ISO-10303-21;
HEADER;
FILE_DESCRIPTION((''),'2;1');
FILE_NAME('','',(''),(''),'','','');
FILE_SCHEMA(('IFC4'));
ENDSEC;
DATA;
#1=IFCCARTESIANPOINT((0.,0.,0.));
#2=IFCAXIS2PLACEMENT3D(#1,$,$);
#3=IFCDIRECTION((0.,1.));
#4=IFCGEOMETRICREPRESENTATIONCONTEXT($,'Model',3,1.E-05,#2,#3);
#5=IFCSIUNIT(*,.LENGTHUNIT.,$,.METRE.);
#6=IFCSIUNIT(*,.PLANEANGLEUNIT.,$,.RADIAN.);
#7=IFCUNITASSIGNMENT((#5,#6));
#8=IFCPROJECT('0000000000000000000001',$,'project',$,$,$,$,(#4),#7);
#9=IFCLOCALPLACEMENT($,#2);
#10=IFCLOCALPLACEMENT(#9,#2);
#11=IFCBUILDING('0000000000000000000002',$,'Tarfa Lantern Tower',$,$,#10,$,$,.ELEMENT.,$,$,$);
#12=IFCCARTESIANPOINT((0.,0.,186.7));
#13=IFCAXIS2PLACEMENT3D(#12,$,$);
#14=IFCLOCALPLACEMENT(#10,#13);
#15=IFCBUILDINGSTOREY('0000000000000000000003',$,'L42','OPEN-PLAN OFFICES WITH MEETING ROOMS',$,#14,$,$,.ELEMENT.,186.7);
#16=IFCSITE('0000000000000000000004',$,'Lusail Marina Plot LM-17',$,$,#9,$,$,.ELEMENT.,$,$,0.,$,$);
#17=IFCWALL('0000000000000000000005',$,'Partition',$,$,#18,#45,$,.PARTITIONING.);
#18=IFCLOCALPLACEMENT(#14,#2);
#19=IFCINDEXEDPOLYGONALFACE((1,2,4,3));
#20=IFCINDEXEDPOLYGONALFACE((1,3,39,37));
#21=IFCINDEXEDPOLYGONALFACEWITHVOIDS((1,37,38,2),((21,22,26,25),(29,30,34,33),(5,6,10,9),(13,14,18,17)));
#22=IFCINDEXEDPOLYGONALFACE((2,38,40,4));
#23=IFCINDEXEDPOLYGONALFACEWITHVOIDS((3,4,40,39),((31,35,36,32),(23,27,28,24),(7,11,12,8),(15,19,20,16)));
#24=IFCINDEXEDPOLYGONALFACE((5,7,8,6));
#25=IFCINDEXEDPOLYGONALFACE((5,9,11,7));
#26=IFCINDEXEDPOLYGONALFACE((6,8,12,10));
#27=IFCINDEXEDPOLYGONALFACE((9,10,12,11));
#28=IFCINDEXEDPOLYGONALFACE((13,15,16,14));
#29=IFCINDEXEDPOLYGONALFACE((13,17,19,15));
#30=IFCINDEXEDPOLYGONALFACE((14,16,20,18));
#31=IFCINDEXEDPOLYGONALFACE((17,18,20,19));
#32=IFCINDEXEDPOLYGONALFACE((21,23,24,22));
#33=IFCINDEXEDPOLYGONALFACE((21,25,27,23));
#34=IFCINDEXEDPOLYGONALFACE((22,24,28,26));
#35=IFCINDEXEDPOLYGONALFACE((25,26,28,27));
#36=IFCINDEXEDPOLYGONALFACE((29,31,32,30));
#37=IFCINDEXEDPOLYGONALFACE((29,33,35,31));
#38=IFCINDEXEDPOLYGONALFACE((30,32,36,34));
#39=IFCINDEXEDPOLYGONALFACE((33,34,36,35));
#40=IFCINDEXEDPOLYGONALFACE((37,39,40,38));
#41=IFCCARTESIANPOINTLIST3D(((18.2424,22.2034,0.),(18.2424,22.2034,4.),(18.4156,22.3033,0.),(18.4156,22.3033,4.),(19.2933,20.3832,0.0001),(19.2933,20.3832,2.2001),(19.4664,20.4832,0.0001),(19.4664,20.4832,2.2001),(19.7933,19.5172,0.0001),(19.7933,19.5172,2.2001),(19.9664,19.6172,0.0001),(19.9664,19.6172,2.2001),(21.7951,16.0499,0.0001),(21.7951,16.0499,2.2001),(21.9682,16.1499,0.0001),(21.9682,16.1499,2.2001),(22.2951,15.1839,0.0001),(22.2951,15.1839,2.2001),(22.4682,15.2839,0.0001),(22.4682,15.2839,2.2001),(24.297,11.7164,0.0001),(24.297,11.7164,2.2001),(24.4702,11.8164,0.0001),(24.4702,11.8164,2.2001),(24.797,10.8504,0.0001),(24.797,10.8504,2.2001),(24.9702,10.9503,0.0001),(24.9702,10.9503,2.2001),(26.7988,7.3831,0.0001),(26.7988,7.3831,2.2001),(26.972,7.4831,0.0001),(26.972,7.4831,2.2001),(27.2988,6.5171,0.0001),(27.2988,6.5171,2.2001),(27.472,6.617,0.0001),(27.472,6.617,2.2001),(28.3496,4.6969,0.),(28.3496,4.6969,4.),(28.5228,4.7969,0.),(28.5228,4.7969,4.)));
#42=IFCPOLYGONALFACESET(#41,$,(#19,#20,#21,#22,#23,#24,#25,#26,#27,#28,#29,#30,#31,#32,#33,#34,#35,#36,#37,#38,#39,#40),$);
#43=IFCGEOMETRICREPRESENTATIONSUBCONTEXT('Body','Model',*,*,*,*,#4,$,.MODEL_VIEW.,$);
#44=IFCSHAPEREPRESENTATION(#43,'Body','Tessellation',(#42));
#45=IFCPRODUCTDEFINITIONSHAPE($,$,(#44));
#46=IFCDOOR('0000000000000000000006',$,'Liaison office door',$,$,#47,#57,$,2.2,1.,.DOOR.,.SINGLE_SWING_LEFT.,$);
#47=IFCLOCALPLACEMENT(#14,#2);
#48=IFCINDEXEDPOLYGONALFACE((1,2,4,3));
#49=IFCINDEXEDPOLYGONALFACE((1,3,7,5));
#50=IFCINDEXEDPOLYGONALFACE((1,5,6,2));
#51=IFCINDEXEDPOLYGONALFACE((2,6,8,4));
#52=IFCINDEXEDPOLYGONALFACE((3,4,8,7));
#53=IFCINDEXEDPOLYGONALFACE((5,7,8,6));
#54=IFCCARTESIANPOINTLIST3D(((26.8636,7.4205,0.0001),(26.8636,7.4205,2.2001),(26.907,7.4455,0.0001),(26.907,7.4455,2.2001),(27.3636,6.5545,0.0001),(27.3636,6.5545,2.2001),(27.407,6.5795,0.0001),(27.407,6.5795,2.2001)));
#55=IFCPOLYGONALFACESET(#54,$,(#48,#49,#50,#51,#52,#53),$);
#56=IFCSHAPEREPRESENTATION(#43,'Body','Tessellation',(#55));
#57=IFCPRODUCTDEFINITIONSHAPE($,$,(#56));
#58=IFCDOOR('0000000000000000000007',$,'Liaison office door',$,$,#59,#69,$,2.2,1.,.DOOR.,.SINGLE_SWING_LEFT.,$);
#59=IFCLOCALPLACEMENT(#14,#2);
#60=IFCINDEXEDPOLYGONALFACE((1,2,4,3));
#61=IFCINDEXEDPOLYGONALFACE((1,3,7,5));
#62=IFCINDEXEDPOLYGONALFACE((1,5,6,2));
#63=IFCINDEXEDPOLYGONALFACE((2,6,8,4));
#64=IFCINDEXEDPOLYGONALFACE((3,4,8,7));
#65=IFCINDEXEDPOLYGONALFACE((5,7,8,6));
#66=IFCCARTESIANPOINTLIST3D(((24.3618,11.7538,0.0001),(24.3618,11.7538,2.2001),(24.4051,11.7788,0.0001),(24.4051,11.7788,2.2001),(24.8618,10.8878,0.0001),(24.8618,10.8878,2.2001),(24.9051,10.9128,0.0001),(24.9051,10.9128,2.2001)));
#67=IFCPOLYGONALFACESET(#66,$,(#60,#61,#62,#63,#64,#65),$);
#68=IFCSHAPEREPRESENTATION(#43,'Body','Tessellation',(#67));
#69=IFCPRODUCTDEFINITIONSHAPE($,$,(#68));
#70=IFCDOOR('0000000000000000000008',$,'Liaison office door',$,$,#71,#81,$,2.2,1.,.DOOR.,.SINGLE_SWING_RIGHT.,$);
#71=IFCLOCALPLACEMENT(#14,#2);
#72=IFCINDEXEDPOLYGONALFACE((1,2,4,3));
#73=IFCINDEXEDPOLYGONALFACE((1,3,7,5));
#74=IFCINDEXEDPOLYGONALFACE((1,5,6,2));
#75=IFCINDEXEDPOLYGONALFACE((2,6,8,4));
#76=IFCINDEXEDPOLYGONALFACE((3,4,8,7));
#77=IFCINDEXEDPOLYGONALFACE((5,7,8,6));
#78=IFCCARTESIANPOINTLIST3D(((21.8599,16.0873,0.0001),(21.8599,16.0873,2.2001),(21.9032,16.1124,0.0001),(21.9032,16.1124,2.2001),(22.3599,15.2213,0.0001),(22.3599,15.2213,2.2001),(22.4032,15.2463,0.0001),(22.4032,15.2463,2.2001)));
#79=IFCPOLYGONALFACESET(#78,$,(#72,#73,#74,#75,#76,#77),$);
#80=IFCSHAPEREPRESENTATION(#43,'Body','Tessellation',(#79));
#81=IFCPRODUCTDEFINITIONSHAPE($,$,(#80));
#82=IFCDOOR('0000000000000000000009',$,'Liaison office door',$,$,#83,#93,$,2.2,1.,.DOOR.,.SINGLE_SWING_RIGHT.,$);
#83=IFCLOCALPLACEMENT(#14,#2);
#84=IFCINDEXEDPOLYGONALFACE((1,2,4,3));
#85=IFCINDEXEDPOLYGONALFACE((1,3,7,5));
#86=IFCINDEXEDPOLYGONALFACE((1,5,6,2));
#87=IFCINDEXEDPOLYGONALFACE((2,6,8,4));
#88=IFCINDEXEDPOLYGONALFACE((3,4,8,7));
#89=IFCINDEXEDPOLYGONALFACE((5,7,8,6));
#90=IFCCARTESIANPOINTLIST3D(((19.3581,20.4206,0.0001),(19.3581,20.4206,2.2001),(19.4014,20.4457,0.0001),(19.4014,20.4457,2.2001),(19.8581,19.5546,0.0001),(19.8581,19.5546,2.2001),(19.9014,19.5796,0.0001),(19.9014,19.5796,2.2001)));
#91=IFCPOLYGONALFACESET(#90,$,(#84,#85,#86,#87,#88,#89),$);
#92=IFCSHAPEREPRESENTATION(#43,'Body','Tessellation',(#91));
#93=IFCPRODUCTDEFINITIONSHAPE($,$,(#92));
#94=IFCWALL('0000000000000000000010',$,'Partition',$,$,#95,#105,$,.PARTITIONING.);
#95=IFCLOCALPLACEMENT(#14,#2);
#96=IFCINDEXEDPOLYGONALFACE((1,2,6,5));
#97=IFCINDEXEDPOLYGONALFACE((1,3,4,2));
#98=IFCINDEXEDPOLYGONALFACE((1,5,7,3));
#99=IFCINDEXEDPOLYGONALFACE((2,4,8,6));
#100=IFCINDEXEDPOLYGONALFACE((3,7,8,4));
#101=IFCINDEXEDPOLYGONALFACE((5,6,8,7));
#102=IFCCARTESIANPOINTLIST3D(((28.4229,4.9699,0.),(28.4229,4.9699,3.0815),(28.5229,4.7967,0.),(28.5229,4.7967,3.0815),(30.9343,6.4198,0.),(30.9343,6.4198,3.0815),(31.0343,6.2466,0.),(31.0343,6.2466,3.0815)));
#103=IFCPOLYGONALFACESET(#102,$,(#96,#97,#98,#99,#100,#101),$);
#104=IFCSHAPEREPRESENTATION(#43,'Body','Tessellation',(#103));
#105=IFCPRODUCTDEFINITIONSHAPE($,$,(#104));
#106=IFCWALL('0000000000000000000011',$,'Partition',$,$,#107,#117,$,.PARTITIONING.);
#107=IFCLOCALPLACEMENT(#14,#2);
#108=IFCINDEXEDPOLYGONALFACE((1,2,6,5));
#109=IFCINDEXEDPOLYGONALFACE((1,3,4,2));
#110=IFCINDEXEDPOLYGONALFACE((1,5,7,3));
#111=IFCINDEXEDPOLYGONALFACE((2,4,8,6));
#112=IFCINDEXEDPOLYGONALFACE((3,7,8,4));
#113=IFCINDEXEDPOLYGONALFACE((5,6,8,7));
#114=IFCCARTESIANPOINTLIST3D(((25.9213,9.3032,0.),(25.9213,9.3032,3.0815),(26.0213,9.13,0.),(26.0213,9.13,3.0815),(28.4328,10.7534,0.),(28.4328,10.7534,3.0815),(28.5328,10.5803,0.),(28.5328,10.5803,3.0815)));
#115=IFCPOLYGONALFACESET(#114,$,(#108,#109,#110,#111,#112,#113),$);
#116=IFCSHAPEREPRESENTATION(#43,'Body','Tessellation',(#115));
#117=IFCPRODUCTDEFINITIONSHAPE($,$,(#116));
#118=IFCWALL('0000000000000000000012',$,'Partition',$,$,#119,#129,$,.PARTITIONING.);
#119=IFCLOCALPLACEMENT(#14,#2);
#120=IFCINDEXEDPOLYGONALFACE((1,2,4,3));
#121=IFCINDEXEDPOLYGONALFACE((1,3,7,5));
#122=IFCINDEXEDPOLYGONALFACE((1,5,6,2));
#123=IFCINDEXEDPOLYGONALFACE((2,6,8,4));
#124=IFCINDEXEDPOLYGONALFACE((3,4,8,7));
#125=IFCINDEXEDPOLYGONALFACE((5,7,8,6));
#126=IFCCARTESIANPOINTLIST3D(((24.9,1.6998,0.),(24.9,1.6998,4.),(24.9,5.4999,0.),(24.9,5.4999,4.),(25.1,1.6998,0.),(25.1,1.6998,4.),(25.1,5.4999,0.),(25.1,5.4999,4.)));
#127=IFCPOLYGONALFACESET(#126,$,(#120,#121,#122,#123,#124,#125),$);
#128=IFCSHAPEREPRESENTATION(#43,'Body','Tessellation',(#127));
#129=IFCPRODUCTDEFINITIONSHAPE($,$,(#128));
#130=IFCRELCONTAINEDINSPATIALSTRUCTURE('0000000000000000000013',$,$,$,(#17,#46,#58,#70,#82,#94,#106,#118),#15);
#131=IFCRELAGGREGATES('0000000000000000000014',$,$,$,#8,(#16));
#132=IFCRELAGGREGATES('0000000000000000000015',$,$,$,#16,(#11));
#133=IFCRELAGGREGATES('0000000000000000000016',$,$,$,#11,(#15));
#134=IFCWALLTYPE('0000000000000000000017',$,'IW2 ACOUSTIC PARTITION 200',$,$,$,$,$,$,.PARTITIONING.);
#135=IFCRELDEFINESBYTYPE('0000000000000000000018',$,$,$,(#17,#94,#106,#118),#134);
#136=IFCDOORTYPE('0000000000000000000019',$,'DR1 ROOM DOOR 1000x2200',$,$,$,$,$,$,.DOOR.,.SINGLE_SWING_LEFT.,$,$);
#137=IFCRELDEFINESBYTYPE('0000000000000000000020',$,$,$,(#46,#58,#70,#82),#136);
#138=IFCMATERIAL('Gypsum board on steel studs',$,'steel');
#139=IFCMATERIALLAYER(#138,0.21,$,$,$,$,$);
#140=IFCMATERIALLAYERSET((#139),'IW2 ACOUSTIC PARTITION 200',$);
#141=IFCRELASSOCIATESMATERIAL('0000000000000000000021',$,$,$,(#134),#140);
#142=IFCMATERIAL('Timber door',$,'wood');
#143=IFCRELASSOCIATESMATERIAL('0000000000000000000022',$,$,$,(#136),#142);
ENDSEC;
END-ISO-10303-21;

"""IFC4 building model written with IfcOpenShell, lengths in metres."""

from ifc_helpers import new_model, si_unit, direction, frame, frame_2d, origin, place, context, subcontext, project, spatial, rectangle, extrude, material, layer, layer_set, type_object, element, fill, save


model = new_model("IFC4")

# Units and contexts
model_context = context("Model", 3, precision=1e-05, world=origin(), true_north=direction((0.0, 1.0)))
body_context = subcontext(model_context, "Body", "Model", "MODEL_VIEW")
ifc_project = project(units=[si_unit("LENGTHUNIT", "METRE"), si_unit("PLANEANGLEUNIT", "RADIAN")], contexts=[model_context])

# Site, building, storey
site_placement = place(None, origin())
site = spatial("IfcSite", under=ifc_project, at=site_placement, Name="Lusail Marina Plot LM-17", CompositionType="ELEMENT", RefElevation=0.0)
building_placement = place(site_placement, origin())
building = spatial("IfcBuilding", under=site, at=building_placement, Name="Tarfa Lantern Tower", CompositionType="ELEMENT")
storey_placement = place(building_placement, frame((0.0, 0.0, 186.7)))
storey = spatial("IfcBuildingStorey", under=building, at=storey_placement, Name="L42", Description="OPEN-PLAN OFFICES WITH MEETING ROOMS", CompositionType="ELEMENT", Elevation=186.7)

# Wall, openings, doors
ifc_material_1 = material(Name="Gypsum board on steel studs", Category="steel")
ifc_layer_1 = layer(ifc_material_1, 0.21)
ifc_layer_set_1 = layer_set([ifc_layer_1], Name="IW2 ACOUSTIC PARTITION 200")
wall_type = type_object("IfcWallType", Name="IW2 ACOUSTIC PARTITION 200", PredefinedType="PARTITIONING", material=ifc_layer_set_1)
wall_1_placement = place(storey_placement, frame((28.4363, 4.7468, 0.0), z_axis=(0.0, 0.0, 1.0), x_axis=(-0.499996, 0.866028, 0.0)))
wall_1 = element("IfcWall", 1, at=wall_1_placement, inside=storey, type_object=wall_type, Name="Partition", PredefinedType="PARTITIONING", context=body_context, shape_type="SweptSolid", body=[
    extrude(rectangle(XDim=20.2146, YDim=0.2, at=frame_2d((10.1074, 0.0))), origin(), (0.0, 0.0, 1.0), 4.0),
])
opening_1_placement = place(wall_1_placement, frame((2.1018, 0.0, 0.0)))
opening_1 = element("IfcOpeningElement", 2, at=opening_1_placement, cuts=wall_1, PredefinedType="OPENING", context=body_context, shape_type="SweptSolid", body=[
    extrude(rectangle(XDim=1.0, YDim=2.2, at=frame_2d((0.5, 1.1001))), frame((0.0, 0.1099, 0.0), z_axis=(0.0, -1.0, 0.0), x_axis=(1.0, 0.0, 0.0)), (0.0, 0.0, 1.0), 0.22),
])
opening_2_placement = place(wall_1_placement, frame((7.1055, 0.0, 0.0)))
opening_2 = element("IfcOpeningElement", 3, at=opening_2_placement, cuts=wall_1, PredefinedType="OPENING", context=body_context, shape_type="SweptSolid", body=[
    extrude(rectangle(XDim=1.0, YDim=2.2, at=frame_2d((0.5, 1.1001))), frame((0.0, 0.1099, 0.0), z_axis=(0.0, -1.0, 0.0), x_axis=(1.0, 0.0, 0.0)), (0.0, 0.0, 1.0), 0.22),
])
opening_3_placement = place(wall_1_placement, frame((12.1094, 0.0, 0.0)))
opening_3 = element("IfcOpeningElement", 4, at=opening_3_placement, cuts=wall_1, PredefinedType="OPENING", context=body_context, shape_type="SweptSolid", body=[
    extrude(rectangle(XDim=1.0, YDim=2.2, at=frame_2d((0.5, 1.1001))), frame((0.0, 0.1099, 0.0), z_axis=(0.0, -1.0, 0.0), x_axis=(1.0, 0.0, 0.0)), (0.0, 0.0, 1.0), 0.22),
])
opening_4_placement = place(wall_1_placement, frame((17.113, 0.0, 0.0)))
opening_4 = element("IfcOpeningElement", 5, at=opening_4_placement, cuts=wall_1, PredefinedType="OPENING", context=body_context, shape_type="SweptSolid", body=[
    extrude(rectangle(XDim=1.0, YDim=2.2, at=frame_2d((0.5, 1.1001))), frame((0.0, 0.1099, 0.0), z_axis=(0.0, -1.0, 0.0), x_axis=(1.0, 0.0, 0.0)), (0.0, 0.0, 1.0), 0.22),
])
ifc_material_2 = material(Name="Timber door", Category="wood")
door_type = type_object("IfcDoorType", Name="DR1 ROOM DOOR 1000x2200", OperationType="SINGLE_SWING_LEFT", PredefinedType="DOOR", material=ifc_material_2)
door_1_placement = place(opening_1_placement, frame((1.0, 0.0, 0.0), z_axis=(0.0, 0.0, 1.0), x_axis=(-1.0, 0.0, 0.0)))
door_1 = element("IfcDoor", 6, at=door_1_placement, inside=storey, type_object=door_type, Name="Liaison office door", OperationType="SINGLE_SWING_LEFT", OverallHeight=2.2, OverallWidth=1.0, PredefinedType="DOOR", context=body_context, shape_type="SweptSolid", body=[
    extrude(rectangle(XDim=1.0, YDim=2.2, at=frame_2d((0.5, 1.1001))), frame((0.0, 0.0249, 0.0), z_axis=(0.0, -1.0, 0.0), x_axis=(1.0, 0.0, 0.0)), (0.0, 0.0, 1.0), 0.05),
])
fill(opening_1, door_1)
door_2_placement = place(opening_2_placement, frame((1.0, 0.0, 0.0), z_axis=(0.0, 0.0, 1.0), x_axis=(-1.0, 0.0, 0.0)))
door_2 = element("IfcDoor", 7, at=door_2_placement, inside=storey, type_object=door_type, Name="Liaison office door", OperationType="SINGLE_SWING_LEFT", OverallHeight=2.2, OverallWidth=1.0, PredefinedType="DOOR", context=body_context, shape_type="SweptSolid", body=[
    extrude(rectangle(XDim=1.0, YDim=2.2, at=frame_2d((0.5, 1.1001))), frame((0.0, 0.0249, 0.0), z_axis=(0.0, -1.0, 0.0), x_axis=(1.0, 0.0, 0.0)), (0.0, 0.0, 1.0), 0.05),
])
fill(opening_2, door_2)
door_3_placement = place(opening_3_placement, frame((1.0, 0.0, 0.0), z_axis=(0.0, 0.0, 1.0), x_axis=(-1.0, 0.0, 0.0)))
door_3 = element("IfcDoor", 8, at=door_3_placement, inside=storey, type_object=door_type, Name="Liaison office door", OperationType="SINGLE_SWING_RIGHT", OverallHeight=2.2, OverallWidth=1.0, PredefinedType="DOOR", context=body_context, shape_type="SweptSolid", body=[
    extrude(rectangle(XDim=1.0, YDim=2.2, at=frame_2d((0.5, 1.1001))), frame((0.0, 0.0249, 0.0), z_axis=(0.0, -1.0, 0.0), x_axis=(1.0, 0.0, 0.0)), (0.0, 0.0, 1.0), 0.05),
])
fill(opening_3, door_3)
door_4_placement = place(opening_4_placement, frame((1.0, 0.0, 0.0), z_axis=(0.0, 0.0, 1.0), x_axis=(-1.0, 0.0, 0.0)))
door_4 = element("IfcDoor", 9, at=door_4_placement, inside=storey, type_object=door_type, Name="Liaison office door", OperationType="SINGLE_SWING_RIGHT", OverallHeight=2.2, OverallWidth=1.0, PredefinedType="DOOR", context=body_context, shape_type="SweptSolid", body=[
    extrude(rectangle(XDim=1.0, YDim=2.2, at=frame_2d((0.5, 1.1001))), frame((0.0, 0.0249, 0.0), z_axis=(0.0, -1.0, 0.0), x_axis=(1.0, 0.0, 0.0)), (0.0, 0.0, 1.0), 0.05),
])
fill(opening_4, door_4)

# Walls
wall_2_placement = place(storey_placement, frame((28.4729, 4.8833, 0.0), z_axis=(0.0, 0.0, 1.0), x_axis=(0.866033, 0.499987, 0.0)))
element("IfcWall", 10, at=wall_2_placement, inside=storey, type_object=wall_type, Name="Partition", PredefinedType="PARTITIONING", context=body_context, shape_type="SweptSolid", body=[
    extrude(rectangle(XDim=2.8999, YDim=0.2, at=frame_2d((1.45, 0.0))), origin(), (0.0, 0.0, 1.0), 3.0815),
])
wall_3_placement = place(storey_placement, frame((25.9712, 9.2166, 0.0), z_axis=(0.0, 0.0, 1.0), x_axis=(0.865996, 0.50005, 0.0)))
element("IfcWall", 11, at=wall_3_placement, inside=storey, type_object=wall_type, Name="Partition", PredefinedType="PARTITIONING", context=body_context, shape_type="SweptSolid", body=[
    extrude(rectangle(XDim=2.9001, YDim=0.2, at=frame_2d((1.4502, 0.0))), origin(), (0.0, 0.0, 1.0), 3.0815),
])
wall_4_placement = place(storey_placement, frame((25.0, 1.7, 0.0), z_axis=(0.0, 0.0, 1.0), x_axis=(0.0, 1.0, 0.0)))
element("IfcWall", 12, at=wall_4_placement, inside=storey, type_object=wall_type, Name="Partition", PredefinedType="PARTITIONING", context=body_context, shape_type="SweptSolid", body=[
    extrude(rectangle(XDim=3.8, YDim=0.2, at=frame_2d((1.8999, 0.0))), origin(), (0.0, 0.0, 1.0), 4.0),
])

save(model, "model.ifc")
